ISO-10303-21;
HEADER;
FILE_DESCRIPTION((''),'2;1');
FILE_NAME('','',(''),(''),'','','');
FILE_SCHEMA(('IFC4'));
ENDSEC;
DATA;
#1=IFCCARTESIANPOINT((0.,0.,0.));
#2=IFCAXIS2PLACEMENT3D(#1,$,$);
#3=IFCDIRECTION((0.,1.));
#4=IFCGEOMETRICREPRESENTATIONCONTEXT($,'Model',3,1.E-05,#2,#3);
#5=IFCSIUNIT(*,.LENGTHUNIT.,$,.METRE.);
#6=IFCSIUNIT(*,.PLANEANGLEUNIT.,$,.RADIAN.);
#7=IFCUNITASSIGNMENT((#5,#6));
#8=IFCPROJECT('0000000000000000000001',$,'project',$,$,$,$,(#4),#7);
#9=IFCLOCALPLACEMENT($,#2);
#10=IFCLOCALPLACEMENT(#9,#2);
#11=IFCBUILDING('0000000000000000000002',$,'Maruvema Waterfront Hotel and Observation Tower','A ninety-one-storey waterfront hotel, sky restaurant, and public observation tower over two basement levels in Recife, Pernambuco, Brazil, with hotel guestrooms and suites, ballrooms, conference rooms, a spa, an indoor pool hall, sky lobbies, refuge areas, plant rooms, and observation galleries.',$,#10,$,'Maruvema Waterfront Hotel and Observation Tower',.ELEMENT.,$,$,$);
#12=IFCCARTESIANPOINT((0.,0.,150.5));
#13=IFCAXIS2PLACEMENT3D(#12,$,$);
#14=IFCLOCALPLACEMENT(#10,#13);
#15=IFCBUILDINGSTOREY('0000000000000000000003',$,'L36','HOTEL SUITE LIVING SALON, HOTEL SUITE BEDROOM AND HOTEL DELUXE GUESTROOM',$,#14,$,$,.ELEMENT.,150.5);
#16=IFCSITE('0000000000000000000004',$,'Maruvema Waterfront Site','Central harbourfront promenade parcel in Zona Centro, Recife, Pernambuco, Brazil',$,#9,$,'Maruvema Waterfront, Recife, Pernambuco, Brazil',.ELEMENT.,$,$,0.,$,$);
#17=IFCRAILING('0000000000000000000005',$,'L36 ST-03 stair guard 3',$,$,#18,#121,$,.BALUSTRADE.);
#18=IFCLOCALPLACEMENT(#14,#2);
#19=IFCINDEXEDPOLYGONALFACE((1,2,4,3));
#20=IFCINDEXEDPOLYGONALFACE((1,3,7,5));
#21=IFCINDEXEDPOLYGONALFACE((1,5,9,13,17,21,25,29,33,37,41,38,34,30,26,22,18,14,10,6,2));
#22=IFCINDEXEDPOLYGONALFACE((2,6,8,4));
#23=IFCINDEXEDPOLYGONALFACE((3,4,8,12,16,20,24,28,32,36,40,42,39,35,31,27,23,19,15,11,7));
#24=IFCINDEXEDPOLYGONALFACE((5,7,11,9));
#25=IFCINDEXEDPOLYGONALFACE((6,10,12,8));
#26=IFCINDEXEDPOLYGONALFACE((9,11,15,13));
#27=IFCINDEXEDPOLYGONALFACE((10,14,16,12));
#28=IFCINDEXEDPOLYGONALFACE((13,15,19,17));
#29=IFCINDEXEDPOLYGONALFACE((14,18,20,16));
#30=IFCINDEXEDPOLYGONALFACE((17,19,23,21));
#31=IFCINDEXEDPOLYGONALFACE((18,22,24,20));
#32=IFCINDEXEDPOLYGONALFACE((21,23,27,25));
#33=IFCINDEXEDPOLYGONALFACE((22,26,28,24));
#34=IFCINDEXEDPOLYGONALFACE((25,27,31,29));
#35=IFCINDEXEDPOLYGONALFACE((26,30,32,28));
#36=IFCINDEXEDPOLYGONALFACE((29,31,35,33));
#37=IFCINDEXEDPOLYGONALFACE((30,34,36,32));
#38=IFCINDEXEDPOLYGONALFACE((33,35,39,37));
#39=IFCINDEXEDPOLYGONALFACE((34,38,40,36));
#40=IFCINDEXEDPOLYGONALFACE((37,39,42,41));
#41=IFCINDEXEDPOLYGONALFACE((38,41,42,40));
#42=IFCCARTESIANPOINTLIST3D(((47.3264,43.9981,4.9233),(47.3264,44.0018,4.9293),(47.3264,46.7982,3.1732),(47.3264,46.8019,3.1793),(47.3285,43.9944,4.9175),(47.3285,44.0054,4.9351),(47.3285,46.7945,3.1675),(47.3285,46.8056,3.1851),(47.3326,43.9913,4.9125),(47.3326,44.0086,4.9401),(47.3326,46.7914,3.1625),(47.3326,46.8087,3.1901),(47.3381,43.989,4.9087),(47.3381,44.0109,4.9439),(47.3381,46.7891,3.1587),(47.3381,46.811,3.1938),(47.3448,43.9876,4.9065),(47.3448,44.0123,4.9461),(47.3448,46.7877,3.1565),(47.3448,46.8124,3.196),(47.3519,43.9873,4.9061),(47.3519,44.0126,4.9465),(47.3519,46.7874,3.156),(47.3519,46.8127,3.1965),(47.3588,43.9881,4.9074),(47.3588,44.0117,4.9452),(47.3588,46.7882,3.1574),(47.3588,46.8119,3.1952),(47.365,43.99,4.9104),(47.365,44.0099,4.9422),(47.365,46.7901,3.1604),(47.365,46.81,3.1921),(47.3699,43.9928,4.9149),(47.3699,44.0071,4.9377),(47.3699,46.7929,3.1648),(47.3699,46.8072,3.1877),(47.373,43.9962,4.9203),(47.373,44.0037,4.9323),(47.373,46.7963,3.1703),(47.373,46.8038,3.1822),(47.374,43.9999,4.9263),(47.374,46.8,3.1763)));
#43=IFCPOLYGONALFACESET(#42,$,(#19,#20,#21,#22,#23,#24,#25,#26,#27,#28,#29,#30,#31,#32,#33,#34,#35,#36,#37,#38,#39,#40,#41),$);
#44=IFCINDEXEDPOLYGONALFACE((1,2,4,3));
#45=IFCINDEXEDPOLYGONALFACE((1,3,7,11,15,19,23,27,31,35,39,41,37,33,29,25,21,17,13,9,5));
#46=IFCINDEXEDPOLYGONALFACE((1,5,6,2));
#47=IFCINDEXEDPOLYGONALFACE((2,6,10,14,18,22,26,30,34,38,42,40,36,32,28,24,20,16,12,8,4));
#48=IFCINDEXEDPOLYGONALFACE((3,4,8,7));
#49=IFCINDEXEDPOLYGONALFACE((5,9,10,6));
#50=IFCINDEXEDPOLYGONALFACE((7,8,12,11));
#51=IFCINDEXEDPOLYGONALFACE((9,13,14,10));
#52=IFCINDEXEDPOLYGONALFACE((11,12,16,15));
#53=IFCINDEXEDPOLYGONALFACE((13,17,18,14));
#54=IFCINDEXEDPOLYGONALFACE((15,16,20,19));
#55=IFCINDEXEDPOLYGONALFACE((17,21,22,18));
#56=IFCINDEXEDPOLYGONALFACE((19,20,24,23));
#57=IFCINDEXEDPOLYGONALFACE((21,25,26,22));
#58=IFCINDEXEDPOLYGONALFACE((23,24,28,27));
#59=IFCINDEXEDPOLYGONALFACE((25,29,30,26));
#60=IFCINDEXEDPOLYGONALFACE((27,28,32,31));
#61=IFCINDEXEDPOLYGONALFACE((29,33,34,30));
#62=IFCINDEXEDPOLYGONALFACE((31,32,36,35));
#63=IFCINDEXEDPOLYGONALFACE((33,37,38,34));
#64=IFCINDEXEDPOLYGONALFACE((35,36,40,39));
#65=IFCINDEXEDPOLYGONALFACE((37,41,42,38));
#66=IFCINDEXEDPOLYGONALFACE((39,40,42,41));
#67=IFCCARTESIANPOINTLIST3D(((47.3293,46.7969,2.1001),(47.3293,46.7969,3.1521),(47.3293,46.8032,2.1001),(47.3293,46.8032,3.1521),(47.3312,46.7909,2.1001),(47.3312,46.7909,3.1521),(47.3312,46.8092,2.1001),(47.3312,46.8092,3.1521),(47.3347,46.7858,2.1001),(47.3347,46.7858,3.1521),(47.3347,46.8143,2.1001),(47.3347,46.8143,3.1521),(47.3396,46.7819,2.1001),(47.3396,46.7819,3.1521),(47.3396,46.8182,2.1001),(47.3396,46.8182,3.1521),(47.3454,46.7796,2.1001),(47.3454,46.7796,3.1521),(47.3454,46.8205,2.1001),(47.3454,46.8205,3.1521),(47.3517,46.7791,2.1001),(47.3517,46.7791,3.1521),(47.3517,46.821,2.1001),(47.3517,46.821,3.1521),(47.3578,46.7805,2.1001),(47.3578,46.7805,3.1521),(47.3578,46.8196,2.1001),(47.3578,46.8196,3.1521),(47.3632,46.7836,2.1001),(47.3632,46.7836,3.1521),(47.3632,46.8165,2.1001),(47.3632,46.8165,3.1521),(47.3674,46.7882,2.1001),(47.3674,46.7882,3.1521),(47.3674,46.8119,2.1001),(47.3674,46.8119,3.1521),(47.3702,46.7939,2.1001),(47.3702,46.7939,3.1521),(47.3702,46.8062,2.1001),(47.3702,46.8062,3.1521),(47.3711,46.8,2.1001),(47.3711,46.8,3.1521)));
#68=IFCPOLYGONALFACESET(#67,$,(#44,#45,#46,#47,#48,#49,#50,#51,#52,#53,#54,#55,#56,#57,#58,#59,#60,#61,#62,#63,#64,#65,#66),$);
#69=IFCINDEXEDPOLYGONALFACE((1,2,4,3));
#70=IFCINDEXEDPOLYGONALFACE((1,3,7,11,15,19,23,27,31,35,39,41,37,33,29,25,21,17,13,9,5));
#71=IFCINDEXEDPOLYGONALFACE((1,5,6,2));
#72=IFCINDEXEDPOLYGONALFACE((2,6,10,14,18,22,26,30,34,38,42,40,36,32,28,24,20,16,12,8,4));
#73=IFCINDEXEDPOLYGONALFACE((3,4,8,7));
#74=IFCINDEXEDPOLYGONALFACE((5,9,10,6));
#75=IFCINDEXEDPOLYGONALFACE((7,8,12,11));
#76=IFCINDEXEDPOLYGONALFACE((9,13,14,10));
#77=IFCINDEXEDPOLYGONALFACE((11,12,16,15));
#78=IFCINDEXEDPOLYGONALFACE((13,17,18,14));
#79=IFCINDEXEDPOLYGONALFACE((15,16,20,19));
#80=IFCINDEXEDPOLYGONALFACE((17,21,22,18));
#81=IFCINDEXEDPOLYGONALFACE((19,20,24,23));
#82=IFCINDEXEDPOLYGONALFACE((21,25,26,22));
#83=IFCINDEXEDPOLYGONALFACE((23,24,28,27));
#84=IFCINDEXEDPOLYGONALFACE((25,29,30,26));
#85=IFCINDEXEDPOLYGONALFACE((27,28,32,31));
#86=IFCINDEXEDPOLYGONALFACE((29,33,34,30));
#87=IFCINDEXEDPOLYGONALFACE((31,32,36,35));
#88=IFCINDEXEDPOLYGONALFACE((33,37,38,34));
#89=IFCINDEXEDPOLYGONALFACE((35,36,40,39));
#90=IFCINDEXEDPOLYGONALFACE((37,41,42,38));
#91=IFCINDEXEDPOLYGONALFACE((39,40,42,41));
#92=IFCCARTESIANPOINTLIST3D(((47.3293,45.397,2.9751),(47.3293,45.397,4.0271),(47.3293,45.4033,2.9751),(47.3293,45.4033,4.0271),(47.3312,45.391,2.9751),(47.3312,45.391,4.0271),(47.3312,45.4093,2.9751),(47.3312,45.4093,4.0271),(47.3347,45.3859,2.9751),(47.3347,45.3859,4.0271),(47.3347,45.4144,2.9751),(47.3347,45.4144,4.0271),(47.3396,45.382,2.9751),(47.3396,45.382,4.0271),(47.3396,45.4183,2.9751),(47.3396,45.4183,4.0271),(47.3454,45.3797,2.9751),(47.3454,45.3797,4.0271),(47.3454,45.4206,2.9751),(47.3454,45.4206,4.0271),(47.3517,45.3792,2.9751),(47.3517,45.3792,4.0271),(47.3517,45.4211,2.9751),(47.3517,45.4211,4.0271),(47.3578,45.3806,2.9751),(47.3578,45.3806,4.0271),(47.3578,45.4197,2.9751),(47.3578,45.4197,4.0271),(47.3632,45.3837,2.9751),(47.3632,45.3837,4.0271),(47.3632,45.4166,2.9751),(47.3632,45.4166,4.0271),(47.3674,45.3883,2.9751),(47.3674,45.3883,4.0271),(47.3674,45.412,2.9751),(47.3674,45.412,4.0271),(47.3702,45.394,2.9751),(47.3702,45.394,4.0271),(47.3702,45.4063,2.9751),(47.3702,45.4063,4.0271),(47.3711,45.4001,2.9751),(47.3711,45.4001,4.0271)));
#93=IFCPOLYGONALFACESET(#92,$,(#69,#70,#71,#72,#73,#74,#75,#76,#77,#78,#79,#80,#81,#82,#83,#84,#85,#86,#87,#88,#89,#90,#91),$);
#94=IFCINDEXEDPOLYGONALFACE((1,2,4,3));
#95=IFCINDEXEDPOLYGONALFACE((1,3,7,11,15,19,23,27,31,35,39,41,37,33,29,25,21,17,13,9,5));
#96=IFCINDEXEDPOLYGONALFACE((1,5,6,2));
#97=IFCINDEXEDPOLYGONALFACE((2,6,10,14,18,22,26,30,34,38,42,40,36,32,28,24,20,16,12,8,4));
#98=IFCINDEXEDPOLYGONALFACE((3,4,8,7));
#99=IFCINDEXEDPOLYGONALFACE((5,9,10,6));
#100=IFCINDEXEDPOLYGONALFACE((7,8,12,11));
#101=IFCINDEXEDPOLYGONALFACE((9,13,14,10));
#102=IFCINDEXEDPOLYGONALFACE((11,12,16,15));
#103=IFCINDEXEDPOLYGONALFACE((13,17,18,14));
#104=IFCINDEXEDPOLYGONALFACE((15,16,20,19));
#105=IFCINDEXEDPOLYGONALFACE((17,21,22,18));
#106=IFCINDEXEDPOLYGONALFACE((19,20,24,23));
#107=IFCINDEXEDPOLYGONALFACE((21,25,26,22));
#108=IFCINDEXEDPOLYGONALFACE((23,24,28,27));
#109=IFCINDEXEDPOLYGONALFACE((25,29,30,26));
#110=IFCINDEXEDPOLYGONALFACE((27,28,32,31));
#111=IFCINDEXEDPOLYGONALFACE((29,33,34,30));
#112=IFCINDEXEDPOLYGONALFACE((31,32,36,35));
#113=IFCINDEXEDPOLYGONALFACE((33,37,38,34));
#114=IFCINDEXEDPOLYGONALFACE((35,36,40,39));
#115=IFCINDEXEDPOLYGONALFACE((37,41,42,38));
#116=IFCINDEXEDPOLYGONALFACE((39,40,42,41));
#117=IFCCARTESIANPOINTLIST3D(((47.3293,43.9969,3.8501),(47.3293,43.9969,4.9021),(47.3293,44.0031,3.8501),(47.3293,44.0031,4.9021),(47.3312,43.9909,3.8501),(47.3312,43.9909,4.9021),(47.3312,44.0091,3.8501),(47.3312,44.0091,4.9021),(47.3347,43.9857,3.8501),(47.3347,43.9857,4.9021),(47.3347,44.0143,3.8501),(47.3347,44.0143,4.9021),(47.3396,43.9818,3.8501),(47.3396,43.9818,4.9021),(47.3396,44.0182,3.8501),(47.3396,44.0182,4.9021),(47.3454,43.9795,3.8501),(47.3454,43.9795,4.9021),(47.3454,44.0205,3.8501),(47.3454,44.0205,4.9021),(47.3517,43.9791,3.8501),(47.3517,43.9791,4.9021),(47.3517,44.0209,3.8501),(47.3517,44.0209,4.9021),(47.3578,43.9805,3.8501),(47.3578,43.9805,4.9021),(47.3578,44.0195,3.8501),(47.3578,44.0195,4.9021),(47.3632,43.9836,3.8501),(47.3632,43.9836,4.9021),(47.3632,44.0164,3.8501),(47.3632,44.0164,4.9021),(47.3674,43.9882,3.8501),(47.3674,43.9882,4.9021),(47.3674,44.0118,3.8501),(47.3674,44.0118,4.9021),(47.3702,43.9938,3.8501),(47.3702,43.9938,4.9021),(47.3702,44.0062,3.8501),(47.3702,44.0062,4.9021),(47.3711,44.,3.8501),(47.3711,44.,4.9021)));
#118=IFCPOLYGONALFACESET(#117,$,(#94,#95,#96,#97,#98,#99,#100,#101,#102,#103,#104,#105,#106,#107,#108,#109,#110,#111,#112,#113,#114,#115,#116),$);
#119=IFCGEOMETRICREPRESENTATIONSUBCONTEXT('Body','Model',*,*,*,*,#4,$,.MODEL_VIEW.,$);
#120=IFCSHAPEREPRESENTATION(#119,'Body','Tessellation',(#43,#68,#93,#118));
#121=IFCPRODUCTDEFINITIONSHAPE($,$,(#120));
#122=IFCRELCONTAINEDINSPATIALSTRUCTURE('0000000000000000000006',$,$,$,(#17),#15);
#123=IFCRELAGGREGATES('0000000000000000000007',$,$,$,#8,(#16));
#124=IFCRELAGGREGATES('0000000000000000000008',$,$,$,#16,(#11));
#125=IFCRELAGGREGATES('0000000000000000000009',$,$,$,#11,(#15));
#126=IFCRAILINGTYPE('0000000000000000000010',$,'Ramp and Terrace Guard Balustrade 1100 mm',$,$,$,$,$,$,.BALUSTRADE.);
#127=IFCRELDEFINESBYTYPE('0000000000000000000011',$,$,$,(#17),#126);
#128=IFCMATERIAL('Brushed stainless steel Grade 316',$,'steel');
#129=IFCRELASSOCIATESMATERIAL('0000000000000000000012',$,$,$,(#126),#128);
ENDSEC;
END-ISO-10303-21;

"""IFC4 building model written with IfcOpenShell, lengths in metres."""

from ifc_helpers import new_model, si_unit, direction, frame, origin, origin_2d, place, context, subcontext, project, spatial, circle, extrude, material, type_object, element, save


model = new_model("IFC4")

# Units and contexts
model_context = context("Model", 3, precision=1e-05, world=origin(), true_north=direction((0.0, 1.0)))
body_context = subcontext(model_context, "Body", "Model", "MODEL_VIEW")
ifc_project = project(units=[si_unit("LENGTHUNIT", "METRE"), si_unit("PLANEANGLEUNIT", "RADIAN")], contexts=[model_context])

# Site, building, storey
site_placement = place(None, origin())
site = spatial("IfcSite", under=ifc_project, at=site_placement, Name="Maruvema Waterfront Site", Description="Central harbourfront promenade parcel in Zona Centro, Recife, Pernambuco, Brazil", LongName="Maruvema Waterfront, Recife, Pernambuco, Brazil", CompositionType="ELEMENT", RefElevation=0.0)
building_placement = place(site_placement, origin())
building = spatial("IfcBuilding", under=site, at=building_placement, Name="Maruvema Waterfront Hotel and Observation Tower", Description="A ninety-one-storey waterfront hotel, sky restaurant, and public observation tower over two basement levels in Recife, Pernambuco, Brazil, with hotel guestrooms and suites, ballrooms, conference rooms, a spa, an indoor pool hall, sky lobbies, refuge areas, plant rooms, and observation galleries.", LongName="Maruvema Waterfront Hotel and Observation Tower", CompositionType="ELEMENT")
storey_placement = place(building_placement, frame((0.0, 0.0, 150.5)))
storey = spatial("IfcBuildingStorey", under=building, at=storey_placement, Name="L36", Description="HOTEL SUITE LIVING SALON, HOTEL SUITE BEDROOM AND HOTEL DELUXE GUESTROOM", CompositionType="ELEMENT", Elevation=150.5)

# Railing
ifc_material_1 = material(Name="Brushed stainless steel Grade 316", Category="steel")
railing_type_1 = type_object("IfcRailingType", Name="Ramp and Terrace Guard Balustrade 1100 mm", PredefinedType="BALUSTRADE", material=ifc_material_1)
railing_1_placement = place(storey_placement, frame((47.3501, 46.8, 2.1001)))
element("IfcRailing", 1, at=railing_1_placement, inside=storey, type_object=railing_type_1, Name="L36 ST-03 stair guard 3", PredefinedType="BALUSTRADE", context=body_context, shape_type="SweptSolid", body=[
    extrude(circle(Radius=0.0239, at=origin_2d()), frame((0.0, 0.0, 1.0762), z_axis=(0.0, -0.848002, 0.529992), x_axis=(1.0, 0.0, 0.0)), (0.0, 0.0, 1.0), 3.302),
    extrude(circle(Radius=0.021, at=origin_2d()), origin(), (0.0, 0.0, 1.0), 1.052),
    extrude(circle(Radius=0.021, at=origin_2d()), frame((0.0, -1.3999, 0.875)), (0.0, 0.0, 1.0), 1.052),
    extrude(circle(Radius=0.021, at=origin_2d()), frame((0.0, -2.8, 1.75)), (0.0, 0.0, 1.0), 1.052),
])

save(model, "model.ifc")
